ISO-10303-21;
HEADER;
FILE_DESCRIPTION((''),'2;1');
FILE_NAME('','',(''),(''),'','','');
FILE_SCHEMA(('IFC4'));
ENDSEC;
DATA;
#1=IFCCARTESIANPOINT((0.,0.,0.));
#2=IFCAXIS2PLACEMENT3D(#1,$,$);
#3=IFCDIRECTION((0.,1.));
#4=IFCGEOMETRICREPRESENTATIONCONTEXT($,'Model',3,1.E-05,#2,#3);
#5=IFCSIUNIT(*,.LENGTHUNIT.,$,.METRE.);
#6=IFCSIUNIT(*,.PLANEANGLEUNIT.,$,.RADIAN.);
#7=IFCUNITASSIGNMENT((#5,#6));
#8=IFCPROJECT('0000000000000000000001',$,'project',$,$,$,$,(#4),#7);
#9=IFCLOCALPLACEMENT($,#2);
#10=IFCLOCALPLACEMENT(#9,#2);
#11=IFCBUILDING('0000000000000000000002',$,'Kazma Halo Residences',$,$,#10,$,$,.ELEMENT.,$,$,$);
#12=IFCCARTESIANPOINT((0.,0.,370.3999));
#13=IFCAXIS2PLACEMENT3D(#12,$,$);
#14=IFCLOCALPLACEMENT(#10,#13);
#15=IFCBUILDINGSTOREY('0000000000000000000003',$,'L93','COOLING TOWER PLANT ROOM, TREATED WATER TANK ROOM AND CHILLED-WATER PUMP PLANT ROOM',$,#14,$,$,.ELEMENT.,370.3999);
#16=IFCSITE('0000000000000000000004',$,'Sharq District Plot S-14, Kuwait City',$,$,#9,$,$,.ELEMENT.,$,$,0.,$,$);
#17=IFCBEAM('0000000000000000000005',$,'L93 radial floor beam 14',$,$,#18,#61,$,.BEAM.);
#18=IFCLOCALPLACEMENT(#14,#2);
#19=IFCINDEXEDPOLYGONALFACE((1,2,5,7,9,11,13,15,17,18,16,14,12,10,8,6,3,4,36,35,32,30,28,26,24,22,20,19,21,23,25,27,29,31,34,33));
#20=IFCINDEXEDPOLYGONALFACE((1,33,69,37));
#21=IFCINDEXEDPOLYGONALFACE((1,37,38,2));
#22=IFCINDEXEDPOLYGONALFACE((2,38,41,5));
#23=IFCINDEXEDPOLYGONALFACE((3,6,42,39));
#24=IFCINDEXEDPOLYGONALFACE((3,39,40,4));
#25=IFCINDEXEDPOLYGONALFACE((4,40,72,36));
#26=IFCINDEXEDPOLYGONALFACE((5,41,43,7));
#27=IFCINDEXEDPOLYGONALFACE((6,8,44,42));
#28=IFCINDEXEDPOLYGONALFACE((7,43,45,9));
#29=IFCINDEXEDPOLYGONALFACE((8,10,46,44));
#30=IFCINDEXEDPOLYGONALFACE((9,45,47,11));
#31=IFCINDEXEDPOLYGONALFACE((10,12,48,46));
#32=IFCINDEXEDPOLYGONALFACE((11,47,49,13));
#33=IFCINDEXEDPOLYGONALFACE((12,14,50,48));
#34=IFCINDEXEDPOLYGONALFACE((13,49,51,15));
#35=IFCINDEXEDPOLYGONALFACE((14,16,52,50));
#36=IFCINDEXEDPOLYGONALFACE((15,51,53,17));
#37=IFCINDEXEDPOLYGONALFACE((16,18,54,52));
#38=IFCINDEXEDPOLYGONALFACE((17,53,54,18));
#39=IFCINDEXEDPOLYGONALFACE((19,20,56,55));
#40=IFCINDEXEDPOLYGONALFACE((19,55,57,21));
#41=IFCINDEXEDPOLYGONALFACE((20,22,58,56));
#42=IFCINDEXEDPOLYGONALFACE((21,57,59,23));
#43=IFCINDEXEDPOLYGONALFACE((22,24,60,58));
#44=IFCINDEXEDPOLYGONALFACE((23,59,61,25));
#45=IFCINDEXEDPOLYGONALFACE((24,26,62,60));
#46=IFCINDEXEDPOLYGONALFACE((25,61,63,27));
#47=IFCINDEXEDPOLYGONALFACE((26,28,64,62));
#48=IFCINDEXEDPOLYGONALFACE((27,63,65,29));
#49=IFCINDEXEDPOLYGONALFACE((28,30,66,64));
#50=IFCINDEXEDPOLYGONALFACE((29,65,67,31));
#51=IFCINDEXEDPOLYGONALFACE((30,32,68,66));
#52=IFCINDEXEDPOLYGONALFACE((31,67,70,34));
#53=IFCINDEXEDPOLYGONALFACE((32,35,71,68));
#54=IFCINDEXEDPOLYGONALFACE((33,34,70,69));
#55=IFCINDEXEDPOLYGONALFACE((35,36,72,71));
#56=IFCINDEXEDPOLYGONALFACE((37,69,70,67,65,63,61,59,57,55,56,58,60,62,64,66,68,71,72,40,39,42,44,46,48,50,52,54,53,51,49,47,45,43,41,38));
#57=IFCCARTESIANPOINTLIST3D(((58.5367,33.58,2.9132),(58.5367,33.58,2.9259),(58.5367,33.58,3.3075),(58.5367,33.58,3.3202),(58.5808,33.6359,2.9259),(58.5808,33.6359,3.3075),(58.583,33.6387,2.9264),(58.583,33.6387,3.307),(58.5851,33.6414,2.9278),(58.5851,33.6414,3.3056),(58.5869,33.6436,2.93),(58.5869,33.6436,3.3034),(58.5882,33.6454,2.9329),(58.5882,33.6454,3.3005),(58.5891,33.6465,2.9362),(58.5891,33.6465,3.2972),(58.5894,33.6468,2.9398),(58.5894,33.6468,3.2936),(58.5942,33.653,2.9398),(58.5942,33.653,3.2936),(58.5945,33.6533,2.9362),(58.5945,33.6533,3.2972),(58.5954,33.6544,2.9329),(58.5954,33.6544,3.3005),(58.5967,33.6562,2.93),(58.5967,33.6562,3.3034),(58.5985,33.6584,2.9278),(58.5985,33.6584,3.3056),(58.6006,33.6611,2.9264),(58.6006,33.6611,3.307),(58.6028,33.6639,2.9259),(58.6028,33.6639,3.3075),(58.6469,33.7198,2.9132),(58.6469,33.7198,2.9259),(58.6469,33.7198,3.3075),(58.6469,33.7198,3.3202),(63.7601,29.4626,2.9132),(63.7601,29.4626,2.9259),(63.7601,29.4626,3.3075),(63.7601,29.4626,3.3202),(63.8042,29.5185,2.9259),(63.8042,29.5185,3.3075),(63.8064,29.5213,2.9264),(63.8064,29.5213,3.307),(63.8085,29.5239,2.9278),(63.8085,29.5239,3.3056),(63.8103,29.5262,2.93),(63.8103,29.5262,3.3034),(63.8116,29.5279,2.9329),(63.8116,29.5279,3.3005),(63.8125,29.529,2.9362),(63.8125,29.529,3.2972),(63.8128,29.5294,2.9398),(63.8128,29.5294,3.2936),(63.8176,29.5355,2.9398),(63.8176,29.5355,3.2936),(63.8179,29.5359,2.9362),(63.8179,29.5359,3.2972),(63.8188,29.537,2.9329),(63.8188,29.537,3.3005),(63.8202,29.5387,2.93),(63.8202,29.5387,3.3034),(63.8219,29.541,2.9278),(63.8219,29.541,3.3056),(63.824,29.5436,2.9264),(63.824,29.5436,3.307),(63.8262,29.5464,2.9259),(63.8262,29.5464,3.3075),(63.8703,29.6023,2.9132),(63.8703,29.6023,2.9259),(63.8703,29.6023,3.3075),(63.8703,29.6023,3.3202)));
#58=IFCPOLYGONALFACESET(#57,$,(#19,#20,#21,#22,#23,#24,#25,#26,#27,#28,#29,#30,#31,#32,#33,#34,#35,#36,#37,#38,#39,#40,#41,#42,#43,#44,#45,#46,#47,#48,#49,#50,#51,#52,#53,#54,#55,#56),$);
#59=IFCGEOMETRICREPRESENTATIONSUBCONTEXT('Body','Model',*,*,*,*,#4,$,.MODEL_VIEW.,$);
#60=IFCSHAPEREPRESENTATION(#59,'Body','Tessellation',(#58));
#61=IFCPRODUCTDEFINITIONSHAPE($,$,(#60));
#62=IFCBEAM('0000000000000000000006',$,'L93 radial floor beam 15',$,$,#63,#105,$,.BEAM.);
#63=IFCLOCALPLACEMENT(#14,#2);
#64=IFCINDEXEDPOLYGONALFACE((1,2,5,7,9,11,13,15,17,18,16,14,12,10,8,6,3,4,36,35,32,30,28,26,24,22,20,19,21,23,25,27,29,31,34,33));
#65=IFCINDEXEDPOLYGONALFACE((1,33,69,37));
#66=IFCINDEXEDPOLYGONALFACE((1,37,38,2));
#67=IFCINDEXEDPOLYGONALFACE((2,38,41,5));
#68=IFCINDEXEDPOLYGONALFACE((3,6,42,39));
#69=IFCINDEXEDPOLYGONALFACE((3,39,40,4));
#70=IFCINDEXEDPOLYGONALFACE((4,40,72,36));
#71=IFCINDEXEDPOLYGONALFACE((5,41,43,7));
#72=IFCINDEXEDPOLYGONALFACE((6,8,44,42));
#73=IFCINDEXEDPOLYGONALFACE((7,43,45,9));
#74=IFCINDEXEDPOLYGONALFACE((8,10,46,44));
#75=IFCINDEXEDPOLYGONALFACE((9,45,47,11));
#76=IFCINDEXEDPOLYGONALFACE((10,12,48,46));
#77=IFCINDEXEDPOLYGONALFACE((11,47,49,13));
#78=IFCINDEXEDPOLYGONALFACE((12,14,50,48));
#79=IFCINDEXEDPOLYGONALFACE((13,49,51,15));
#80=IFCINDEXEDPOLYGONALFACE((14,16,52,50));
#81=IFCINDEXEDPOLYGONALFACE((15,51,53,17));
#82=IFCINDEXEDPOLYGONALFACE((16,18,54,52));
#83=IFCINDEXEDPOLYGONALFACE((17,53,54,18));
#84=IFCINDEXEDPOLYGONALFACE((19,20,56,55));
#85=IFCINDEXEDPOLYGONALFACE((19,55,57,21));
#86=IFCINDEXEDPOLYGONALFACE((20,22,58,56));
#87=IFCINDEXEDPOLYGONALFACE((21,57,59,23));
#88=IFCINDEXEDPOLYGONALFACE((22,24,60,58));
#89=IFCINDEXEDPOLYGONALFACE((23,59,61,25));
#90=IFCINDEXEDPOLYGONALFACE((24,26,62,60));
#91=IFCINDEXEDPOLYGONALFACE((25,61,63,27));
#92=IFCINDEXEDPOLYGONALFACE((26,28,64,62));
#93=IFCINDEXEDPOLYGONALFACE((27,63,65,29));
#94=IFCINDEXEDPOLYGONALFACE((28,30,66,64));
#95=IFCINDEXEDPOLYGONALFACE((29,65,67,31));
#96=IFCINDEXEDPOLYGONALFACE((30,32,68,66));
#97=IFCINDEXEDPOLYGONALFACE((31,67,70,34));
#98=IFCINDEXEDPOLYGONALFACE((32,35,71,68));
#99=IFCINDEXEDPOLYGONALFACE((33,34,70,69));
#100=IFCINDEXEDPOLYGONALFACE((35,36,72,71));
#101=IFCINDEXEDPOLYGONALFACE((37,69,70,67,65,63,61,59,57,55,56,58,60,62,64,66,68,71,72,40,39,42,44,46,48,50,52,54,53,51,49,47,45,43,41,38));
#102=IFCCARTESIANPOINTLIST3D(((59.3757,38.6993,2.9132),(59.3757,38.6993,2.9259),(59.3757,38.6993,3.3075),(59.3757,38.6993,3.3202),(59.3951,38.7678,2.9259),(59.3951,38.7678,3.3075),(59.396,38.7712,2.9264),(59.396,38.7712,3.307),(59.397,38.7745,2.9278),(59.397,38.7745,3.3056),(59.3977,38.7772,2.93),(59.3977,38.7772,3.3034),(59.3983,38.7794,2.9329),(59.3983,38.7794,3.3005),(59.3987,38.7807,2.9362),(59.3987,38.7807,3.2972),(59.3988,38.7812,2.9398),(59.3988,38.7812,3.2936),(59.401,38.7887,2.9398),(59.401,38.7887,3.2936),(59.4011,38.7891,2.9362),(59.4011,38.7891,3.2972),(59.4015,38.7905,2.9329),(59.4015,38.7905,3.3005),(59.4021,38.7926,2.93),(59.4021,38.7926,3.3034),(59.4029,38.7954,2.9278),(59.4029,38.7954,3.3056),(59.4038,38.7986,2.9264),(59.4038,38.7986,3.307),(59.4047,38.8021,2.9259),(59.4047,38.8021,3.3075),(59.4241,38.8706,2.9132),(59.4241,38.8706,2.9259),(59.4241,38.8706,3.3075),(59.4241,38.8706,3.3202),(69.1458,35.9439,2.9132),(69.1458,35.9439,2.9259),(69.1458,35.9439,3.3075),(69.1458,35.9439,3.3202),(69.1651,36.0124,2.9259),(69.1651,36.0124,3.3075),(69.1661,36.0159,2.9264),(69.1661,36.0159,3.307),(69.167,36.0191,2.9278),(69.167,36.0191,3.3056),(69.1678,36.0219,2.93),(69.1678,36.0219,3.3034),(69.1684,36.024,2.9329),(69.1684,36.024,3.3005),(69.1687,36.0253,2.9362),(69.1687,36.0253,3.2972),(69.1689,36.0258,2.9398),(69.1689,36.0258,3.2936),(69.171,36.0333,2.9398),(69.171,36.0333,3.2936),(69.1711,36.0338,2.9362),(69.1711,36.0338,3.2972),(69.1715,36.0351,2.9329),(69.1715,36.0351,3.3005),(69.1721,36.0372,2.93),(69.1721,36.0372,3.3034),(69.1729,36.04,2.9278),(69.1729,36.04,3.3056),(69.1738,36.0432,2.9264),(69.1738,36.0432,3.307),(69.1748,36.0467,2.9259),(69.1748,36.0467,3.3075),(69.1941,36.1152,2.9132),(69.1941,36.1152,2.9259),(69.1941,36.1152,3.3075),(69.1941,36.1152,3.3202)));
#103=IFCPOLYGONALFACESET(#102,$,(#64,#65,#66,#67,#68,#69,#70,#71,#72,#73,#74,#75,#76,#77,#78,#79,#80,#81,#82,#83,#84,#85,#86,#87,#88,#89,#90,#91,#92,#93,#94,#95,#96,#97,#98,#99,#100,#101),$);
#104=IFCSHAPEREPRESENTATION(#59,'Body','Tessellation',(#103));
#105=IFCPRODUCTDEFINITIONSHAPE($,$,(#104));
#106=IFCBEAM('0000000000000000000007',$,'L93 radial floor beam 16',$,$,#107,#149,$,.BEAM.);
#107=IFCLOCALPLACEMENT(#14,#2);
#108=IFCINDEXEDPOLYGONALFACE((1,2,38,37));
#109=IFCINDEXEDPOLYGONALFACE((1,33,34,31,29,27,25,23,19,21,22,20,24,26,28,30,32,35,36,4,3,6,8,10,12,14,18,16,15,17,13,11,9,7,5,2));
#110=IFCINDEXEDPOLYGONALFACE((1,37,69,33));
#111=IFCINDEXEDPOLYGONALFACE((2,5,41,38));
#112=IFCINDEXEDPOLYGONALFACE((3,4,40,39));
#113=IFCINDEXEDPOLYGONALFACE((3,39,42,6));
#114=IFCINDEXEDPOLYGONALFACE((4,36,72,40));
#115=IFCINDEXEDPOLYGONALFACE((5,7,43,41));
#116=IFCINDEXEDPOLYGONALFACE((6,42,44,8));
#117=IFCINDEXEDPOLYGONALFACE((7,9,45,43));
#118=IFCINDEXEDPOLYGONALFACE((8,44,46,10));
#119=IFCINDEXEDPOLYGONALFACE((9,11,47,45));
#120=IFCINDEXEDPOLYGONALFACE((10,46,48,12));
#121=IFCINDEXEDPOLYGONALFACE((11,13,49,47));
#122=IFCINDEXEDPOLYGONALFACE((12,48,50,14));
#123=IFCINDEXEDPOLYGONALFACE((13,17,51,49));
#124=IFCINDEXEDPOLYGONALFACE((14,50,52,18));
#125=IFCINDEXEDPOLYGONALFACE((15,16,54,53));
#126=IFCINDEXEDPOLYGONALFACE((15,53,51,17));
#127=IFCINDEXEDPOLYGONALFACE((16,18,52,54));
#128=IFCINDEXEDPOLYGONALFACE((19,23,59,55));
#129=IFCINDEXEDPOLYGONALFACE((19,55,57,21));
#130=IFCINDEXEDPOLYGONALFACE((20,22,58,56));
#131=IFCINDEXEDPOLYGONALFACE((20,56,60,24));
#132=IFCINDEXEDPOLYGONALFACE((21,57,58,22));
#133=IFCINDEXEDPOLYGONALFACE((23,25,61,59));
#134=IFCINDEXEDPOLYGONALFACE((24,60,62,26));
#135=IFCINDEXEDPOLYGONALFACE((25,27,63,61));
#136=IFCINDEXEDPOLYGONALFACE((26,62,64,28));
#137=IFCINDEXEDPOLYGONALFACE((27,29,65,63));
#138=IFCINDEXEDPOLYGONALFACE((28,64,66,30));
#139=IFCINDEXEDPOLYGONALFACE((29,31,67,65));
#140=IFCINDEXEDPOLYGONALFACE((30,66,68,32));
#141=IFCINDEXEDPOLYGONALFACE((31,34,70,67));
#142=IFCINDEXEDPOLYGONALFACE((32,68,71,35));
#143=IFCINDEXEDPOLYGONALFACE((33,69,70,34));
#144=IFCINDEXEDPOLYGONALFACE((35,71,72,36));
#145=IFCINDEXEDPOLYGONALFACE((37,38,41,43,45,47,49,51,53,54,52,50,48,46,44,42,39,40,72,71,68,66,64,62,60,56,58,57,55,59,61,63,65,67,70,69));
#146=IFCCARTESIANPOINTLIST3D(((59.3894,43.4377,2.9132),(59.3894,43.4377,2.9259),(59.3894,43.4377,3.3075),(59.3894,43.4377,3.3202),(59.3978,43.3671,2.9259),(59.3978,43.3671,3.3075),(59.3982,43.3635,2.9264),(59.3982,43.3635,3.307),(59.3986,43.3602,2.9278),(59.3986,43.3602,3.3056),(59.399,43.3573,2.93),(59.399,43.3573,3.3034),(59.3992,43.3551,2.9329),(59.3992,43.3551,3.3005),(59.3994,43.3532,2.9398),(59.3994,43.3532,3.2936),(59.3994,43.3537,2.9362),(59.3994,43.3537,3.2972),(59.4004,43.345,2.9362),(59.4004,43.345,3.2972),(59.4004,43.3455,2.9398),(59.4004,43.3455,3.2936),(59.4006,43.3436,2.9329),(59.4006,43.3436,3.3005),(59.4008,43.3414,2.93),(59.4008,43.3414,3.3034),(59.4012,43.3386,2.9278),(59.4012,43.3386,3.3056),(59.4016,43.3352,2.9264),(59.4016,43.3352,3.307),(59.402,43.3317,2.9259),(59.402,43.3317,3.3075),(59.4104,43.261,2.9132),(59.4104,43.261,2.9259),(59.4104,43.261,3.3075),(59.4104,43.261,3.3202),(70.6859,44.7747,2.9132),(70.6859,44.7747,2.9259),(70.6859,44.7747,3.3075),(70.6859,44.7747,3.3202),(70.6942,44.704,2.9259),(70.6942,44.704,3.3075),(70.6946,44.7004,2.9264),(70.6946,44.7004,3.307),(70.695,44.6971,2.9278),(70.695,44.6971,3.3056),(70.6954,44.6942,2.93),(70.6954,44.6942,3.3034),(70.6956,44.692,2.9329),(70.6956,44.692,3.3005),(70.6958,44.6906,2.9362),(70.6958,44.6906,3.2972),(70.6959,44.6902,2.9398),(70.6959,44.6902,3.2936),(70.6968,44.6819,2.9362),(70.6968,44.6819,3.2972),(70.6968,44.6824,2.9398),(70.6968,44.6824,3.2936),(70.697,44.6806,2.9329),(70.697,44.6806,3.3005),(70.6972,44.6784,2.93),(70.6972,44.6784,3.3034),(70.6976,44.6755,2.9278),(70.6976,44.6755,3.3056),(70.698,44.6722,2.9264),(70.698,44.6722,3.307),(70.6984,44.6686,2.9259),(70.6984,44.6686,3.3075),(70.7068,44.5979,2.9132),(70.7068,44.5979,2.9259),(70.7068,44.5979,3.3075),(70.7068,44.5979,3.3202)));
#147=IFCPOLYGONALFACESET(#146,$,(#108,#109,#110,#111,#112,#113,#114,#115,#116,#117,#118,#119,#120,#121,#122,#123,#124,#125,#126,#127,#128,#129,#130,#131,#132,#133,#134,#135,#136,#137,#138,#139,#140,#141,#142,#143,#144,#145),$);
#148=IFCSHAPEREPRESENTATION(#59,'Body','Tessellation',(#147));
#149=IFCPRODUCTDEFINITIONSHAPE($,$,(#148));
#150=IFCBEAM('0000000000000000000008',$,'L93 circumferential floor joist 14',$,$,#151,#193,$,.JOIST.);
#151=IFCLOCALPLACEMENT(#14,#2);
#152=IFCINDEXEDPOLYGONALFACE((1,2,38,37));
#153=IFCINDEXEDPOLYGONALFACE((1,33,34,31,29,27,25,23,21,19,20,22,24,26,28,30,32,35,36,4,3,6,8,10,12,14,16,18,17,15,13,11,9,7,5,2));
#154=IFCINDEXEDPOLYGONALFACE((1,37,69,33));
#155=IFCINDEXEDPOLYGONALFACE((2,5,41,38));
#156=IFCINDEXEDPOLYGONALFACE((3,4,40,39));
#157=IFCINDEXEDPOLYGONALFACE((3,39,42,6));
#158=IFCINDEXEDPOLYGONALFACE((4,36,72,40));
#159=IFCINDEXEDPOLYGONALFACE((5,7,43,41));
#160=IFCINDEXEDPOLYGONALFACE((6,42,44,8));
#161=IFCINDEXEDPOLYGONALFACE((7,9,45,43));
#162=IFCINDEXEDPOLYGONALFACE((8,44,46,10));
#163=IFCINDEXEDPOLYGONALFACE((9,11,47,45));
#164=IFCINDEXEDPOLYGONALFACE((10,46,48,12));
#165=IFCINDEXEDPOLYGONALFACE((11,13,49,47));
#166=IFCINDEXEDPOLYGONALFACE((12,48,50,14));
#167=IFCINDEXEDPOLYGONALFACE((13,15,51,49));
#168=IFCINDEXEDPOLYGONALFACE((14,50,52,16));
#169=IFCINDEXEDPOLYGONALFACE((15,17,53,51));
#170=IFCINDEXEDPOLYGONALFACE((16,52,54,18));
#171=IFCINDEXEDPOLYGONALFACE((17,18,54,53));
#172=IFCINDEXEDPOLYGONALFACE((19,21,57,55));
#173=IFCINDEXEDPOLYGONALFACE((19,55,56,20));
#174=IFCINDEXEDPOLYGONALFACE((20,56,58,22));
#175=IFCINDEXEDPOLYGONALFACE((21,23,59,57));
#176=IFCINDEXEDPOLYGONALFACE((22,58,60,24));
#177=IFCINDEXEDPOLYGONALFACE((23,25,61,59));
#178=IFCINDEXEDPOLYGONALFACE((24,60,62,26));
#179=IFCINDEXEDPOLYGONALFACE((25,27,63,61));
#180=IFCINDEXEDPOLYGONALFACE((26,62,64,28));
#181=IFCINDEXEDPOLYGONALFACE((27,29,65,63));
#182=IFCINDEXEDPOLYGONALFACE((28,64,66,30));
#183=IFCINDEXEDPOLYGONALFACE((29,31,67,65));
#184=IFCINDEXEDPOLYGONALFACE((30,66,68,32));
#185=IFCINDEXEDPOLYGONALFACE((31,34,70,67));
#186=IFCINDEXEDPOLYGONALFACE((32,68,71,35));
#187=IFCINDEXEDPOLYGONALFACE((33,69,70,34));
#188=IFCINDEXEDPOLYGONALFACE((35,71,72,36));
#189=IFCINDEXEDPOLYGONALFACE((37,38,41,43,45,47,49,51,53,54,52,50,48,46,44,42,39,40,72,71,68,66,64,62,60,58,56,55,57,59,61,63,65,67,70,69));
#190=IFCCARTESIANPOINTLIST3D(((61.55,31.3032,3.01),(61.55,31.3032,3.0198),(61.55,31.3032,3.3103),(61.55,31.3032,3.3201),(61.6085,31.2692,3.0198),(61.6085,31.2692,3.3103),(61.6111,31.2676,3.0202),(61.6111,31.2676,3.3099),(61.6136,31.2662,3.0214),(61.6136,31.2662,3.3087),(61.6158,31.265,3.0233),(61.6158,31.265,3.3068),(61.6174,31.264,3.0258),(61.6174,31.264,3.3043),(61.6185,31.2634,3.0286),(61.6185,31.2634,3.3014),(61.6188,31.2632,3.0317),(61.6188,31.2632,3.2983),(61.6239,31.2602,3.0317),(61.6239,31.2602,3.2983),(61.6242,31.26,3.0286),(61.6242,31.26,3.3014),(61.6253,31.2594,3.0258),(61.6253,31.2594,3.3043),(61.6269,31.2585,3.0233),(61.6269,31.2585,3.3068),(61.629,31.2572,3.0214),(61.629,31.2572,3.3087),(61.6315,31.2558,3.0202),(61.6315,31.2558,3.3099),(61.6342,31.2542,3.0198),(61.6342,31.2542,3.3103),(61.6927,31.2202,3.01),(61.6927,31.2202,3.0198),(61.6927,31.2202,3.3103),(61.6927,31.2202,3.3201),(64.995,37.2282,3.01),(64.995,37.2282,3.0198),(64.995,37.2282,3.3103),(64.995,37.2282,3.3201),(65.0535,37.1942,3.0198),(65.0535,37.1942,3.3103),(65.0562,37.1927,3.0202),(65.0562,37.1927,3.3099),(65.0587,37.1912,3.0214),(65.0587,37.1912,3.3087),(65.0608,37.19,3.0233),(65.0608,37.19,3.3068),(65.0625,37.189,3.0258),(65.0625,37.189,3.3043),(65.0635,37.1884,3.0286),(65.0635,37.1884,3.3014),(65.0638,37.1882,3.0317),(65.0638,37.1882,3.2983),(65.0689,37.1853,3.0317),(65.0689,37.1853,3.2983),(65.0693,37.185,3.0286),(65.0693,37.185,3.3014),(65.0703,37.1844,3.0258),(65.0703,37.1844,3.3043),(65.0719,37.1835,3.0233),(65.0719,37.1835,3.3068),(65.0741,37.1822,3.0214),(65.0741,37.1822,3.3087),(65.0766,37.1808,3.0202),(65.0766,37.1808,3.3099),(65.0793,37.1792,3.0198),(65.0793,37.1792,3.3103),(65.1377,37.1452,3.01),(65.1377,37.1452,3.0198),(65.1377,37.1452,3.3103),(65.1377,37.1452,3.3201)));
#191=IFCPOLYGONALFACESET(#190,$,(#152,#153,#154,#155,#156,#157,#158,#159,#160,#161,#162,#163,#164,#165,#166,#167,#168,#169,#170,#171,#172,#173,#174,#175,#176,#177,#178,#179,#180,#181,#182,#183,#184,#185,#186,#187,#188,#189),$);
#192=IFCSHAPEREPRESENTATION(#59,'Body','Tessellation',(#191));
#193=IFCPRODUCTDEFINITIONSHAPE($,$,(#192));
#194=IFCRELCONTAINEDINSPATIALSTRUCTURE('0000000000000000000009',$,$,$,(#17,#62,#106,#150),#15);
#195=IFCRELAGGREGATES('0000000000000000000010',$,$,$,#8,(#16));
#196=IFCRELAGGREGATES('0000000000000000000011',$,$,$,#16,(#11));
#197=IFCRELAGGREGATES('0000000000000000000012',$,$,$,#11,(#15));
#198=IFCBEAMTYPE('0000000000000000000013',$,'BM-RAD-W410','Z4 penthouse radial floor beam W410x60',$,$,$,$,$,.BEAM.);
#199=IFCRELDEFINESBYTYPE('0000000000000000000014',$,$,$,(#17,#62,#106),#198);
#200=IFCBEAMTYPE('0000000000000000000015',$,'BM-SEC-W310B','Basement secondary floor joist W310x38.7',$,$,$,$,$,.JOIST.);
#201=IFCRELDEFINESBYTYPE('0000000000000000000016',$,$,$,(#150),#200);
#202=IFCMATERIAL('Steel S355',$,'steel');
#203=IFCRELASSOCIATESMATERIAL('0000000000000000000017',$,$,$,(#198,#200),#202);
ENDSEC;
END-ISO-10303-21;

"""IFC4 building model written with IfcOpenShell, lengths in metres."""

from ifc_helpers import new_model, si_unit, direction, frame, origin, origin_2d, place, context, subcontext, project, spatial, i_section, extrude, material, material_profile, profile_set, type_object, element, save


model = new_model("IFC4")

# Units and contexts
model_context = context("Model", 3, precision=1e-05, world=origin(), true_north=direction((0.0, 1.0)))
body_context = subcontext(model_context, "Body", "Model", "MODEL_VIEW")
ifc_project = project(units=[si_unit("LENGTHUNIT", "METRE"), si_unit("PLANEANGLEUNIT", "RADIAN")], contexts=[model_context])

# Site, building, storey
site_placement = place(None, origin())
site = spatial("IfcSite", under=ifc_project, at=site_placement, Name="Sharq District Plot S-14, Kuwait City", CompositionType="ELEMENT", RefElevation=0.0)
building_placement = place(site_placement, origin())
building = spatial("IfcBuilding", under=site, at=building_placement, Name="Kazma Halo Residences", CompositionType="ELEMENT")
storey_placement = place(building_placement, frame((0.0, 0.0, 370.3999)))
storey = spatial("IfcBuildingStorey", under=building, at=storey_placement, Name="L93", Description="COOLING TOWER PLANT ROOM, TREATED WATER TANK ROOM AND CHILLED-WATER PUMP PLANT ROOM", CompositionType="ELEMENT", Elevation=370.3999)

# Shared definitions
ifc_material_1 = material(Name="Steel S355", Category="steel")

# Beams
ifc_material_profile_1 = material_profile(ifc_material_1, i_section(OverallWidth=0.178, OverallDepth=0.407, WebThickness=0.0078, FlangeThickness=0.0127, FilletRadius=0.0139, at=origin_2d()), Name="W410x60")
ifc_profile_set_1 = profile_set([ifc_material_profile_1], Name="Steel S355")
beam_type_1 = type_object("IfcBeamType", Name="BM-RAD-W410", Description="Z4 penthouse radial floor beam W410x60", PredefinedType="BEAM", material=ifc_profile_set_1)
beam_1_placement = place(storey_placement, frame((58.5918, 33.6499, 3.1167), z_axis=(0.785343, -0.619061, 0.0), x_axis=(0.619061, 0.785343, 0.0)))
element("IfcBeam", 1, at=beam_1_placement, inside=storey, type_object=beam_type_1, Name="L93 radial floor beam 14", PredefinedType="BEAM", context=body_context, shape_type="SweptSolid", body=[
    extrude(i_section(OverallWidth=0.178, OverallDepth=0.407, WebThickness=0.0078, FlangeThickness=0.0127, FilletRadius=0.0139, at=origin_2d()), origin(), (0.0, 0.0, 1.0), 6.6511),
])
beam_2_placement = place(storey_placement, frame((59.3999, 38.7849, 3.1167), z_axis=(0.962457, -0.271435, 0.0), x_axis=(0.271435, 0.962457, 0.0)))
element("IfcBeam", 2, at=beam_2_placement, inside=storey, type_object=beam_type_1, Name="L93 radial floor beam 15", PredefinedType="BEAM", context=body_context, shape_type="SweptSolid", body=[
    extrude(i_section(OverallWidth=0.178, OverallDepth=0.407, WebThickness=0.0078, FlangeThickness=0.0127, FilletRadius=0.0139, at=origin_2d()), origin(), (0.0, 0.0, 1.0), 10.1511),
])
beam_3_placement = place(storey_placement, frame((59.3999, 43.3494, 3.1167), z_axis=(0.993069, 0.117529, 0.0), x_axis=(-0.117529, 0.993069, 0.0)))
element("IfcBeam", 3, at=beam_3_placement, inside=storey, type_object=beam_type_1, Name="L93 radial floor beam 16", PredefinedType="BEAM", context=body_context, shape_type="SweptSolid", body=[
    extrude(i_section(OverallWidth=0.178, OverallDepth=0.407, WebThickness=0.0078, FlangeThickness=0.0127, FilletRadius=0.0139, at=origin_2d()), origin(), (0.0, 0.0, 1.0), 11.3752),
])
ifc_material_profile_2 = material_profile(ifc_material_1, i_section(OverallWidth=0.165, OverallDepth=0.3101, WebThickness=0.0059, FlangeThickness=0.0098, FilletRadius=0.012, at=origin_2d()), Name="W310x38.7")
ifc_profile_set_2 = profile_set([ifc_material_profile_2], Name="Steel S355")
beam_type_2 = type_object("IfcBeamType", Name="BM-SEC-W310B", Description="Basement secondary floor joist W310x38.7", PredefinedType="JOIST", material=ifc_profile_set_2)
beam_4_placement = place(storey_placement, frame((61.6213, 31.2617, 3.165), z_axis=(0.50265, 0.86449, 0.0), x_axis=(-0.86449, 0.50265, 0.0)))
element("IfcBeam", 4, at=beam_4_placement, inside=storey, type_object=beam_type_2, Name="L93 circumferential floor joist 14", PredefinedType="JOIST", context=body_context, shape_type="SweptSolid", body=[
    extrude(i_section(OverallWidth=0.165, OverallDepth=0.3101, WebThickness=0.0059, FlangeThickness=0.0098, FilletRadius=0.012, at=origin_2d()), origin(), (0.0, 0.0, 1.0), 6.8538),
])

save(model, "model.ifc")
